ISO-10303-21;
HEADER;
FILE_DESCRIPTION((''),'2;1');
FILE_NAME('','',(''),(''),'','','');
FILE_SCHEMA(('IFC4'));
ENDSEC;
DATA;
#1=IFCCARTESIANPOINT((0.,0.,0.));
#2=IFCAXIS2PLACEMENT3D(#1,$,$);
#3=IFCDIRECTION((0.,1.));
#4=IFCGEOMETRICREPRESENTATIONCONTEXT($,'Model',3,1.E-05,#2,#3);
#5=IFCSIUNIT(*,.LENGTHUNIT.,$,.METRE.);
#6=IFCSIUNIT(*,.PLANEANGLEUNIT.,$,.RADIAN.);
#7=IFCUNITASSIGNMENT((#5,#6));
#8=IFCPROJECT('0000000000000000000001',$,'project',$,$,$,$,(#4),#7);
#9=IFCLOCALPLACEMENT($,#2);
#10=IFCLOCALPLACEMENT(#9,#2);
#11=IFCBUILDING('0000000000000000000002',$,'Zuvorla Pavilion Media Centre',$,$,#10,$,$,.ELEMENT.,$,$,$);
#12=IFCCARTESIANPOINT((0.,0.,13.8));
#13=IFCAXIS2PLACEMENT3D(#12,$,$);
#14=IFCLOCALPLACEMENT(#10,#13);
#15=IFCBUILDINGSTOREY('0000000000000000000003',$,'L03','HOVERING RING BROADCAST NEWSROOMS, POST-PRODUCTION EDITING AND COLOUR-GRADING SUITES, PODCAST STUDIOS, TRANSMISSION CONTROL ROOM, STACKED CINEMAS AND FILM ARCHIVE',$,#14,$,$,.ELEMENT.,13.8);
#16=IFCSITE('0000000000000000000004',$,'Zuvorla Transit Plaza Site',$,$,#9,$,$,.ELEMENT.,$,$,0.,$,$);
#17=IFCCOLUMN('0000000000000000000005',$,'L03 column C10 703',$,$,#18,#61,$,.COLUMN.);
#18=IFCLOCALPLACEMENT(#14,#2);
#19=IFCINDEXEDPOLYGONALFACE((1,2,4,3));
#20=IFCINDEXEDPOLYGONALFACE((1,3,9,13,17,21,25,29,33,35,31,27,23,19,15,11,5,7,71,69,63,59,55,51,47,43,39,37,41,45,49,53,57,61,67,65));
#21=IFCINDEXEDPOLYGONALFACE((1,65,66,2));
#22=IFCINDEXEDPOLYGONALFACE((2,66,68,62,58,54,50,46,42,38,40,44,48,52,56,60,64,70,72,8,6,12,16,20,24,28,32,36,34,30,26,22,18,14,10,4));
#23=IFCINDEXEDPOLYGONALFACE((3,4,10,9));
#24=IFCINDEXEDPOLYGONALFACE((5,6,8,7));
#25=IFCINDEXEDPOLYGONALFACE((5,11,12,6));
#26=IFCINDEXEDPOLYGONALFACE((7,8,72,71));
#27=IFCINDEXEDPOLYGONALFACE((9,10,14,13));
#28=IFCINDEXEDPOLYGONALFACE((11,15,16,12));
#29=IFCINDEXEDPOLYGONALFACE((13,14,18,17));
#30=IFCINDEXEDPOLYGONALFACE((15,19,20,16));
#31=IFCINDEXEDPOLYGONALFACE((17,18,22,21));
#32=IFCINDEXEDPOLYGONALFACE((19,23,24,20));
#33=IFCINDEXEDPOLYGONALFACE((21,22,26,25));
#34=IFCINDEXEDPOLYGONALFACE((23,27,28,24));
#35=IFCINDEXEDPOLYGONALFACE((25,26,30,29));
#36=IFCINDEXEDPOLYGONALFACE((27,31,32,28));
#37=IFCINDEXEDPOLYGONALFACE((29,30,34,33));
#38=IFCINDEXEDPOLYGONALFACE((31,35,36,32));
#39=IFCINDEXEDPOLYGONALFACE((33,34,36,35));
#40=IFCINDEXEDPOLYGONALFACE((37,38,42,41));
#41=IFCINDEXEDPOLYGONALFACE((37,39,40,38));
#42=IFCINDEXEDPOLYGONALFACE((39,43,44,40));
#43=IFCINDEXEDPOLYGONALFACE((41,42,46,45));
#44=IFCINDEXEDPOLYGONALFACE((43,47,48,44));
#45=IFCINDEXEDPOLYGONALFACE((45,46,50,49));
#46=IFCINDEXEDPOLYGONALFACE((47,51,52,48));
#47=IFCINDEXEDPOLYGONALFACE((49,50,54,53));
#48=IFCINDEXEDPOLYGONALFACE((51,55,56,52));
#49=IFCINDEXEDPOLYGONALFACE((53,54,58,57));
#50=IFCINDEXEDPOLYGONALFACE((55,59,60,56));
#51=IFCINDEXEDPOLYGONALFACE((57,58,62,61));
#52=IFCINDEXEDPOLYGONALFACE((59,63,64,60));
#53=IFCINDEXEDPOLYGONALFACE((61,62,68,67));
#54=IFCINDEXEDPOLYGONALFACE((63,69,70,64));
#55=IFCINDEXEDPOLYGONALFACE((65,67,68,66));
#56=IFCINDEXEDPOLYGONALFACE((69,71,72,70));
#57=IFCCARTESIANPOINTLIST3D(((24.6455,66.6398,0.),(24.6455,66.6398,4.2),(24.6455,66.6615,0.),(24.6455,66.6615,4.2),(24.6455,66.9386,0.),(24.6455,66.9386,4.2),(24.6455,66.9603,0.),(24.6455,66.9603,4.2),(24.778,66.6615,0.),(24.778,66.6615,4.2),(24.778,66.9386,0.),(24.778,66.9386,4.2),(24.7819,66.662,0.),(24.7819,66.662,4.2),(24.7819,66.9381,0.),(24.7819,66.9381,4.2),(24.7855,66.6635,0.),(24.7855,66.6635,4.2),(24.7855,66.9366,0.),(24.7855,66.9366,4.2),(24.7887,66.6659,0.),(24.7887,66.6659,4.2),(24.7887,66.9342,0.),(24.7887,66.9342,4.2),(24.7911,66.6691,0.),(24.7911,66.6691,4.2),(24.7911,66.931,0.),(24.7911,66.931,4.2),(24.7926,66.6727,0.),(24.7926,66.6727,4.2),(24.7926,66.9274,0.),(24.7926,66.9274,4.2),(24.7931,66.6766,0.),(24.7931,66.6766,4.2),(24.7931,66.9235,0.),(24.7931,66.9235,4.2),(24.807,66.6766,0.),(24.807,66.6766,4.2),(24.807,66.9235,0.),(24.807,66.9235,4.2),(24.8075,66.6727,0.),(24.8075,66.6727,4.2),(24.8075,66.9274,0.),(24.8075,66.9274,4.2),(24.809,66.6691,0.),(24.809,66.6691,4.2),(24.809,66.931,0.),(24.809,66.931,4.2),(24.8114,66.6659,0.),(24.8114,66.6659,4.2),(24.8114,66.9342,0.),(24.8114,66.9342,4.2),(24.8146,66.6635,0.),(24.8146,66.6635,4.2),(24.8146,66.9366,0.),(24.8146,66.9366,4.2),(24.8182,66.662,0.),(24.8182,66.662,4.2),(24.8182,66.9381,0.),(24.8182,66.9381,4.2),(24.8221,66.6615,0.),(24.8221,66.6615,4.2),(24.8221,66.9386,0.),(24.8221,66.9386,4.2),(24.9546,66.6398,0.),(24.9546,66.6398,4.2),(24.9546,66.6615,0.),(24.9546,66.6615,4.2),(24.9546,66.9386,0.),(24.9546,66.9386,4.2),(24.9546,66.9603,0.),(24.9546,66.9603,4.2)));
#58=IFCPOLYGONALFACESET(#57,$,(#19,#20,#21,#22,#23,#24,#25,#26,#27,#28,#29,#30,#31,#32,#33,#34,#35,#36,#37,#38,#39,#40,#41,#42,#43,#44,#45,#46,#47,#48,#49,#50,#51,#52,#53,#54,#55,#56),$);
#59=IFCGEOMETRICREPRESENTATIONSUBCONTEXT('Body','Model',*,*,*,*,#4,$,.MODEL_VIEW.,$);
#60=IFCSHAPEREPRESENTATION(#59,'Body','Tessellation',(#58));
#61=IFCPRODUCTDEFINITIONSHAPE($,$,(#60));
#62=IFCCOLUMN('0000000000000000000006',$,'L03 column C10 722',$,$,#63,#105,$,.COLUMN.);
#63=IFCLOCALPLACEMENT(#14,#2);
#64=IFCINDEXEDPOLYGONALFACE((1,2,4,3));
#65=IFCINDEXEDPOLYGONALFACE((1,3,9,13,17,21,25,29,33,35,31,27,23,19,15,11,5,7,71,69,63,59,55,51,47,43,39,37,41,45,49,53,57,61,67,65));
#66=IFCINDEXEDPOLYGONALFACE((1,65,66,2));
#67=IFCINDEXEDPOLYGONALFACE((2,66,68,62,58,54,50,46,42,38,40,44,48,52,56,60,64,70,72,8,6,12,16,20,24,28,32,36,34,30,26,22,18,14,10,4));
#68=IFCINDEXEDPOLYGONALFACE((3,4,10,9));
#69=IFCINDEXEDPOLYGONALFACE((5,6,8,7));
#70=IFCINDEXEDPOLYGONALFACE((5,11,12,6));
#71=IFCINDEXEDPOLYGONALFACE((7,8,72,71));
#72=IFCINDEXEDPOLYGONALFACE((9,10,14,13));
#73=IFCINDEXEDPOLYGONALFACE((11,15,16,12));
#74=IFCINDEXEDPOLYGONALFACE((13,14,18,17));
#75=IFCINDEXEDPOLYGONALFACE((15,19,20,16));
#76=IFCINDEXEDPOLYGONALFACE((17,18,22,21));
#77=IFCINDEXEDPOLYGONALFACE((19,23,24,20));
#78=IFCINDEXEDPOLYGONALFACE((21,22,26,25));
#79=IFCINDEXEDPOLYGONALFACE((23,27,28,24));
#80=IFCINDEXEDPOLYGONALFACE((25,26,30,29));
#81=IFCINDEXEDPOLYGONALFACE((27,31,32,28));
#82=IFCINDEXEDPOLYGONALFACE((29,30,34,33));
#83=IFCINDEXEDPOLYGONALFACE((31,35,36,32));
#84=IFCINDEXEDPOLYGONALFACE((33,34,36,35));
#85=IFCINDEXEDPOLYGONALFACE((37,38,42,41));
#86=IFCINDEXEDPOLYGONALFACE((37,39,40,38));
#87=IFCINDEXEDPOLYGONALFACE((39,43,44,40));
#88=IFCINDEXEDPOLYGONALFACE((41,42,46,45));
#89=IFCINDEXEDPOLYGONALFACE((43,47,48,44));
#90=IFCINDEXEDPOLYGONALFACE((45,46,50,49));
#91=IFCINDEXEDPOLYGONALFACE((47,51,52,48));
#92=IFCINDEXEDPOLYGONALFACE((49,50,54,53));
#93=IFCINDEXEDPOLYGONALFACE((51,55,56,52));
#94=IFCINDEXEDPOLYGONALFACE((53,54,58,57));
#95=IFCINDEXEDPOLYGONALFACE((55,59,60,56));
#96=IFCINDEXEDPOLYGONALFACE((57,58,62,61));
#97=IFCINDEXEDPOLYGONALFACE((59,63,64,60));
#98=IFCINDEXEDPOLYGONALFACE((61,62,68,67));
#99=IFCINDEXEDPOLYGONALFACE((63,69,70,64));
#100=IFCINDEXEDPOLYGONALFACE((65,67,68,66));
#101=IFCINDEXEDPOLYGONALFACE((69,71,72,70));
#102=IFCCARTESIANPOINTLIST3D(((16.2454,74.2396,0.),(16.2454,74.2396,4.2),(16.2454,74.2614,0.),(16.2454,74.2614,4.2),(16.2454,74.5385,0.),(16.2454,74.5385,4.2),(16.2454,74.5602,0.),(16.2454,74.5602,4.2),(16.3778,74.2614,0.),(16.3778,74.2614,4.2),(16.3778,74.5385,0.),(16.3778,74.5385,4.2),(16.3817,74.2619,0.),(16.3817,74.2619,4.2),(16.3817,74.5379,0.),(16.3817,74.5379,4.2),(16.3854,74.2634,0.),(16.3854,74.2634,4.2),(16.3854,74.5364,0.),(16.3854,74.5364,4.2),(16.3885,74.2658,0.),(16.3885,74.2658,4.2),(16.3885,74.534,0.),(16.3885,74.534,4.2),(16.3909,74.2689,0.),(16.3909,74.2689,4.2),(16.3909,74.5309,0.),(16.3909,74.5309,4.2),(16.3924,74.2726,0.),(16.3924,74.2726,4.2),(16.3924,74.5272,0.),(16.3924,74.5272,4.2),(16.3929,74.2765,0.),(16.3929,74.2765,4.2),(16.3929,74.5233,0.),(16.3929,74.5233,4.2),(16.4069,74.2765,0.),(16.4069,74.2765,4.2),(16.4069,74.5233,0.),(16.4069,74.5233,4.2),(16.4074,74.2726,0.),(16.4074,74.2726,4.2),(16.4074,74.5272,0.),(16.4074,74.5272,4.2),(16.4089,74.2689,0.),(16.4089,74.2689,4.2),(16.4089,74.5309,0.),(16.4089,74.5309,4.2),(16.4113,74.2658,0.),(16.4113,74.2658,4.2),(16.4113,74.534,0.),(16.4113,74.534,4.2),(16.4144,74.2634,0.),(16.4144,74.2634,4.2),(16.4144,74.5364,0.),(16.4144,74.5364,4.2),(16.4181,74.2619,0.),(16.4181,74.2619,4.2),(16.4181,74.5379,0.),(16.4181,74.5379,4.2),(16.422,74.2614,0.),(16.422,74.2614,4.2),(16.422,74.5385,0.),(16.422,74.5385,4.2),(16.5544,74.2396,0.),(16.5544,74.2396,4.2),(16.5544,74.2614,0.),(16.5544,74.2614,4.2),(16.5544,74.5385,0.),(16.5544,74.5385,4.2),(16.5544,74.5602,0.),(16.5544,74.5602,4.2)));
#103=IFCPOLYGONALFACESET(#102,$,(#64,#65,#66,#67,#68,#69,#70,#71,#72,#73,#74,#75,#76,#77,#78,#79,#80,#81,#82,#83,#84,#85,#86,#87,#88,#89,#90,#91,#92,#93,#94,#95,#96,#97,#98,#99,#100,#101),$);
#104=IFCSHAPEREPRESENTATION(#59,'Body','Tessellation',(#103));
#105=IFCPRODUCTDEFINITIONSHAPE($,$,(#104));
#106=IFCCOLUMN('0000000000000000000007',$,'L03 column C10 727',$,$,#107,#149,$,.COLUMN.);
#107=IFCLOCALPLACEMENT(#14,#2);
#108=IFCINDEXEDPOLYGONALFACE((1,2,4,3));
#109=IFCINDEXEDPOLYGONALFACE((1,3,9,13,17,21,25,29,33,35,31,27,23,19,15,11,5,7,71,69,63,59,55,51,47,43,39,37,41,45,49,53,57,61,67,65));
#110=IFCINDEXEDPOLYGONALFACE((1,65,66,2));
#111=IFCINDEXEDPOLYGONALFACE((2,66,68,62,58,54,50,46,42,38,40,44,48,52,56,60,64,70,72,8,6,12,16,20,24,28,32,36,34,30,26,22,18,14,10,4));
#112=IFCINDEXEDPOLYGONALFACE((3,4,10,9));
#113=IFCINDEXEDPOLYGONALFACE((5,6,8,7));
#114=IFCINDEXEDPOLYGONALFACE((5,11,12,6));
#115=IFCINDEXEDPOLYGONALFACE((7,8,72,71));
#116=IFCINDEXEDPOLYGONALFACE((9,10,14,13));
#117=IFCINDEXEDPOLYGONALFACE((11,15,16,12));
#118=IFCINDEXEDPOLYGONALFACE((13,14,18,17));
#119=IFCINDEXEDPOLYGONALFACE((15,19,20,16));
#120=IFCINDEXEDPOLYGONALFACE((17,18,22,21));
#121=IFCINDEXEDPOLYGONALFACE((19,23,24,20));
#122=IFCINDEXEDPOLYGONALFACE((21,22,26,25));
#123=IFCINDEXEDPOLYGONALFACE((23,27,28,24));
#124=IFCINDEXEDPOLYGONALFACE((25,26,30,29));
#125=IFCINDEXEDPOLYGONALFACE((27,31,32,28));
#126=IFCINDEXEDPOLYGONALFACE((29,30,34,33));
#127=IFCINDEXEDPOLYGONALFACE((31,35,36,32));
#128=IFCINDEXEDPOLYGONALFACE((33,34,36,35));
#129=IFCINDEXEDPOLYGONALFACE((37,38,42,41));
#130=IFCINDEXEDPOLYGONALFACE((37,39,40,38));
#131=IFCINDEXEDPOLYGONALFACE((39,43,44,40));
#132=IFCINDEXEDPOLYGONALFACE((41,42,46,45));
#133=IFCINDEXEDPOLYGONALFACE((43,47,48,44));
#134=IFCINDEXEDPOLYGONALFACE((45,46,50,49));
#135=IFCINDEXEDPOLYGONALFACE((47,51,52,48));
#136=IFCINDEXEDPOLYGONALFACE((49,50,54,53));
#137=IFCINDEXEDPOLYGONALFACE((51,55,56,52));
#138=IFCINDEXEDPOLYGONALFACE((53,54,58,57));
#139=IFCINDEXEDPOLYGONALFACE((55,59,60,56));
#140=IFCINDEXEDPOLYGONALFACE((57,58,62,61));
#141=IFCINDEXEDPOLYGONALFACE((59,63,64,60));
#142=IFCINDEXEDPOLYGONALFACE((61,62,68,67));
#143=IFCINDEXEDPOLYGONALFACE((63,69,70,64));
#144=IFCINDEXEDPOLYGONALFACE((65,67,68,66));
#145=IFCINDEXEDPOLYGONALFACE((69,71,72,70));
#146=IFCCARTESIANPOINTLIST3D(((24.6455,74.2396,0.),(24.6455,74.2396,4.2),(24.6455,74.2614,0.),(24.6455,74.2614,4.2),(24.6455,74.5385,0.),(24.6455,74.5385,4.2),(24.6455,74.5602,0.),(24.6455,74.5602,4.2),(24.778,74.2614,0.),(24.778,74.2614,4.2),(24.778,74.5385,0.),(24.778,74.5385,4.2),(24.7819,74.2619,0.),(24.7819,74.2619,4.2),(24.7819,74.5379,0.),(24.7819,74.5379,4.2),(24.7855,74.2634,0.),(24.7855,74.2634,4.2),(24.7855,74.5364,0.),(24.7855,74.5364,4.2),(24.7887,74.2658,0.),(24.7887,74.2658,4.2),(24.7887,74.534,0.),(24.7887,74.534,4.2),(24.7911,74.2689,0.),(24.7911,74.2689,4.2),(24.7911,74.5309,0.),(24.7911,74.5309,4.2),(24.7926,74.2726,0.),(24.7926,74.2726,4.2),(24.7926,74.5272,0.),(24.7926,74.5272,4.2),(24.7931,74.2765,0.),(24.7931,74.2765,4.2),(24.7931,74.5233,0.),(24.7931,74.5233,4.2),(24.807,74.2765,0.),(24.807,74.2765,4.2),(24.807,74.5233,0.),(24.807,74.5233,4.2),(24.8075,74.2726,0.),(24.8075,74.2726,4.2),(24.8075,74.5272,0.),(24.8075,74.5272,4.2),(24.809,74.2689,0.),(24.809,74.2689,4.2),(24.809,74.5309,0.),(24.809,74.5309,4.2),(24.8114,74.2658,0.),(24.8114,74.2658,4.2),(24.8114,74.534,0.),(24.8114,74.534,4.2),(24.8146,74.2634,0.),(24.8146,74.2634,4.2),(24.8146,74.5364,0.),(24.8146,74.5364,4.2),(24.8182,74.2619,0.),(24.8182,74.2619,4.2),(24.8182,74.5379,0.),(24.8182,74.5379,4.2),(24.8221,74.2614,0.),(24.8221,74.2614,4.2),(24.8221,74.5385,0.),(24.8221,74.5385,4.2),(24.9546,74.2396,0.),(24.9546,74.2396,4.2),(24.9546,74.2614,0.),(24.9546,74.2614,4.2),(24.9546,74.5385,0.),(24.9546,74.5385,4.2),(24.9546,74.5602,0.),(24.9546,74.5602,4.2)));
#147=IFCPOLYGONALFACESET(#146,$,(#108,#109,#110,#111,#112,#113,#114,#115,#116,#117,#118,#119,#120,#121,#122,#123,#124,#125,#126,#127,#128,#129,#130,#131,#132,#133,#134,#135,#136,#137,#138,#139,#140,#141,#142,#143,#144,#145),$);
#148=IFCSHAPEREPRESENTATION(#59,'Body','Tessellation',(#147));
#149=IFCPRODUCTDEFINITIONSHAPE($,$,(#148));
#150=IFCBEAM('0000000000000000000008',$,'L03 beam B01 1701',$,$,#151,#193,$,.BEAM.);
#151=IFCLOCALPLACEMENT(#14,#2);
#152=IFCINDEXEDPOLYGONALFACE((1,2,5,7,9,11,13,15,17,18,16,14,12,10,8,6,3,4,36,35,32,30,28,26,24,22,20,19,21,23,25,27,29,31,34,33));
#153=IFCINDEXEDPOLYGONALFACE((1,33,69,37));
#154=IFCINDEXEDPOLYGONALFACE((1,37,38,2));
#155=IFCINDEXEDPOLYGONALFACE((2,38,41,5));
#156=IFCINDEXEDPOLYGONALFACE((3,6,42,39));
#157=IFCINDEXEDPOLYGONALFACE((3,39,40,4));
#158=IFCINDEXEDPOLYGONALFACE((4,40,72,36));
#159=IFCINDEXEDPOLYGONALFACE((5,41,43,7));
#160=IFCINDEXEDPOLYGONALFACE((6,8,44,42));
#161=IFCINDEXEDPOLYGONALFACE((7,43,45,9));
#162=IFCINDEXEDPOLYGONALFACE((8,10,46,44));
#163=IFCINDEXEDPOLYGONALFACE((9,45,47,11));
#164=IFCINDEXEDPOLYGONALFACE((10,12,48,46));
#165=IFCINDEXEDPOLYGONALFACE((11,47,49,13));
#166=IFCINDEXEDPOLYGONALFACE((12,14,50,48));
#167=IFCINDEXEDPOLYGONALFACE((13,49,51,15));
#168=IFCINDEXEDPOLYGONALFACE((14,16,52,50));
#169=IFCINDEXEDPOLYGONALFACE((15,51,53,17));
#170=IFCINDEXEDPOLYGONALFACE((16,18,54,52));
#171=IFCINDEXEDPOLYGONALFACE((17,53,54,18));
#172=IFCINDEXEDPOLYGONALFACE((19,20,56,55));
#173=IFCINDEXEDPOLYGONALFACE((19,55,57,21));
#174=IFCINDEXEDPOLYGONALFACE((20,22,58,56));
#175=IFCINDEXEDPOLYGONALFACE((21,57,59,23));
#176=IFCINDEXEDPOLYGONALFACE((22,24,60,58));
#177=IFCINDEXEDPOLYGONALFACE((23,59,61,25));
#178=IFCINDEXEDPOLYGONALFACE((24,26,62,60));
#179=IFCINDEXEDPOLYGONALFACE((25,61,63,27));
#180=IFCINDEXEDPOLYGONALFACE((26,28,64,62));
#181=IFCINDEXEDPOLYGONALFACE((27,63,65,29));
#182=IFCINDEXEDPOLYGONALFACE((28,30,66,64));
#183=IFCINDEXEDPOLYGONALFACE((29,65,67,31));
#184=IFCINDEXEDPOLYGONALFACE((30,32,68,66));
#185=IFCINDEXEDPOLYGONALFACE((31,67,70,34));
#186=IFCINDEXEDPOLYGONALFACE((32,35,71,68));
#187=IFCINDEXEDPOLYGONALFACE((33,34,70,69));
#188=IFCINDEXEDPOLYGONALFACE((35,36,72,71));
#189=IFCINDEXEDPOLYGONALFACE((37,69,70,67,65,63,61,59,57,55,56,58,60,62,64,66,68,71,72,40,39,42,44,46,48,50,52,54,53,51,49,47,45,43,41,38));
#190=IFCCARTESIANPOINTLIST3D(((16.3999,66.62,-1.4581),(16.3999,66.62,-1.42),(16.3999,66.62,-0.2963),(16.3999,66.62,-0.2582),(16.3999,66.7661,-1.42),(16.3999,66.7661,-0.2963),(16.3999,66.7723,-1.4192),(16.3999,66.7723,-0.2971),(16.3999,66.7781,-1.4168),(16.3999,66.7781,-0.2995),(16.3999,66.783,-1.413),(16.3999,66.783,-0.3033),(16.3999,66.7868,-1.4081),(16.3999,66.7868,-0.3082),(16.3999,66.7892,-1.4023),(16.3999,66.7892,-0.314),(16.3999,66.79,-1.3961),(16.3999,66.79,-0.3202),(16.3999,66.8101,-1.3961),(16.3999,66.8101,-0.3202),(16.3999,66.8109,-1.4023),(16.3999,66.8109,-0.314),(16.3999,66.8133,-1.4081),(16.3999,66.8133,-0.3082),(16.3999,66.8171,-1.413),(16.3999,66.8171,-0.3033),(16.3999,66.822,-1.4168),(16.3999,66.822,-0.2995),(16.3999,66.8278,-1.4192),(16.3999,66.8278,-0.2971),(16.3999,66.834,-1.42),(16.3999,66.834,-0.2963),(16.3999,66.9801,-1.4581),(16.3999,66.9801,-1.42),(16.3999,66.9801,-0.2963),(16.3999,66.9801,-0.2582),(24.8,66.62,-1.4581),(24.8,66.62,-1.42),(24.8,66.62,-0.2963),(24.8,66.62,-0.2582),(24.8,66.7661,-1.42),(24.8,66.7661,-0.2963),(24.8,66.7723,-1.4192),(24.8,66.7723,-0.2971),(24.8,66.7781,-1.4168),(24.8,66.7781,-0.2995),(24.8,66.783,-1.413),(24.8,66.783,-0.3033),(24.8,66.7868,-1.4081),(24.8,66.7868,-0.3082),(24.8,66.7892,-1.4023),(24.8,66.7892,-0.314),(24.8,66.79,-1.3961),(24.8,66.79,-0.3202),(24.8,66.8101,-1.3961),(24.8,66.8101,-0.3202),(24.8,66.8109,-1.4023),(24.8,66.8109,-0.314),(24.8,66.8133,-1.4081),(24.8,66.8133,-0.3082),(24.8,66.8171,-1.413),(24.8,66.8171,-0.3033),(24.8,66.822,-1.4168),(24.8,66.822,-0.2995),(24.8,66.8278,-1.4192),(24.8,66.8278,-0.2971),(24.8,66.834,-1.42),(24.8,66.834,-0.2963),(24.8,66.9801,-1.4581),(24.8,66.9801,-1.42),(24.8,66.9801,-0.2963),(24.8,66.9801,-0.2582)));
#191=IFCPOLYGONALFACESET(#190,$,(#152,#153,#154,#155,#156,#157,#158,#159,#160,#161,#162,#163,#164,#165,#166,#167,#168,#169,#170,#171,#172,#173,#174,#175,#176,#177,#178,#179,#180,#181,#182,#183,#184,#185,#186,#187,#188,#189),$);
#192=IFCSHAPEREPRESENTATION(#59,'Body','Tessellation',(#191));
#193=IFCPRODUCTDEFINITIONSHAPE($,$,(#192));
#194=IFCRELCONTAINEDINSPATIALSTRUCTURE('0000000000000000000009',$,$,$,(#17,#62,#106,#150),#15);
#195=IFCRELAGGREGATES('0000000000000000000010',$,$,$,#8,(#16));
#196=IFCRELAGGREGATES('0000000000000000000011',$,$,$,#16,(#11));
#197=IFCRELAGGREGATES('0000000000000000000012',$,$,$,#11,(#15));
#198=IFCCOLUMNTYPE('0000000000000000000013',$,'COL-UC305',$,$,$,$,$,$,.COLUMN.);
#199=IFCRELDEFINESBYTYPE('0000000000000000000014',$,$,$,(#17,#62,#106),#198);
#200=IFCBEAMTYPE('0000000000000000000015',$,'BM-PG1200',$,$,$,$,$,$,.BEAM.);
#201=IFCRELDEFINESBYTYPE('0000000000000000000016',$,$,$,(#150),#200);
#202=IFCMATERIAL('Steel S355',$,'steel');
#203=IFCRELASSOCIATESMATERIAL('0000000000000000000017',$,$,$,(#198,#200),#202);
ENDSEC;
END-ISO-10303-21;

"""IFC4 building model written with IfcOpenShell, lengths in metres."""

from ifc_helpers import new_model, si_unit, direction, frame, origin, origin_2d, place, context, subcontext, project, spatial, i_section, extrude, material, material_profile, profile_set, type_object, element, save


model = new_model("IFC4")

# Units and contexts
model_context = context("Model", 3, precision=1e-05, world=origin(), true_north=direction((0.0, 1.0)))
body_context = subcontext(model_context, "Body", "Model", "MODEL_VIEW")
ifc_project = project(units=[si_unit("LENGTHUNIT", "METRE"), si_unit("PLANEANGLEUNIT", "RADIAN")], contexts=[model_context])

# Site, building, storey
site_placement = place(None, origin())
site = spatial("IfcSite", under=ifc_project, at=site_placement, Name="Zuvorla Transit Plaza Site", CompositionType="ELEMENT", RefElevation=0.0)
building_placement = place(site_placement, origin())
building = spatial("IfcBuilding", under=site, at=building_placement, Name="Zuvorla Pavilion Media Centre", CompositionType="ELEMENT")
storey_placement = place(building_placement, frame((0.0, 0.0, 13.8)))
storey = spatial("IfcBuildingStorey", under=building, at=storey_placement, Name="L03", Description="HOVERING RING BROADCAST NEWSROOMS, POST-PRODUCTION EDITING AND COLOUR-GRADING SUITES, PODCAST STUDIOS, TRANSMISSION CONTROL ROOM, STACKED CINEMAS AND FILM ARCHIVE", CompositionType="ELEMENT", Elevation=13.8)

# Columns
ifc_material_1 = material(Name="Steel S355", Category="steel")
ifc_material_profile_1 = material_profile(ifc_material_1, i_section(OverallWidth=0.3091, OverallDepth=0.3206, WebThickness=0.0139, FlangeThickness=0.0217, FilletRadius=0.0151, at=origin_2d()), Name="UC 305x305x137")
ifc_profile_set_1 = profile_set([ifc_material_profile_1], Name="Steel S355")
column_type = type_object("IfcColumnType", Name="COL-UC305", PredefinedType="COLUMN", material=ifc_profile_set_1)
for number, where, z_axis, x_axis, name in (
    (1, (24.8, 66.8, 0.0), (0.0, 0.0, 1.0), (1.0, 0.0, 0.0), "L03 column C10 703"),
    (2, (16.3999, 74.3999, 0.0), (0.0, 0.0, 1.0), (1.0, 0.0, 0.0), "L03 column C10 722"),
    (3, (24.8, 74.3999, 0.0), (0.0, 0.0, 1.0), (1.0, 0.0, 0.0), "L03 column C10 727"),
):
    element("IfcColumn", number, at=place(storey_placement, frame(where, z_axis=z_axis, x_axis=x_axis)), inside=storey, type_object=column_type, Name=name, PredefinedType="COLUMN", context=body_context, shape_type="SweptSolid", body=[
        extrude(i_section(OverallWidth=0.3091, OverallDepth=0.3206, WebThickness=0.0139, FlangeThickness=0.0217, FilletRadius=0.0151, at=origin_2d()), origin(), (0.0, 0.0, 1.0), 4.2),
    ])

# Beam
ifc_material_profile_2 = material_profile(ifc_material_1, i_section(OverallWidth=0.3601, OverallDepth=1.2, WebThickness=0.02, FlangeThickness=0.0381, FilletRadius=0.0239, at=origin_2d()), Name="PG 1200x360x38")
ifc_profile_set_2 = profile_set([ifc_material_profile_2], Name="Steel S355")
beam_type_1 = type_object("IfcBeamType", Name="BM-PG1200", PredefinedType="BEAM", material=ifc_profile_set_2)
for number, where, z_axis, x_axis, name in (
    (4, (24.8, 66.8, -0.8582), (-1.0, 0.0, 0.0), (0.0, -1.0, 0.0), "L03 beam B01 1701"),
):
    element("IfcBeam", number, at=place(storey_placement, frame(where, z_axis=z_axis, x_axis=x_axis)), inside=storey, type_object=beam_type_1, Name=name, PredefinedType="BEAM", context=body_context, shape_type="SweptSolid", body=[
        extrude(i_section(OverallWidth=0.3601, OverallDepth=1.2, WebThickness=0.02, FlangeThickness=0.0381, FilletRadius=0.0239, at=origin_2d()), origin(), (0.0, 0.0, 1.0), 8.4001),
    ])

save(model, "model.ifc")
